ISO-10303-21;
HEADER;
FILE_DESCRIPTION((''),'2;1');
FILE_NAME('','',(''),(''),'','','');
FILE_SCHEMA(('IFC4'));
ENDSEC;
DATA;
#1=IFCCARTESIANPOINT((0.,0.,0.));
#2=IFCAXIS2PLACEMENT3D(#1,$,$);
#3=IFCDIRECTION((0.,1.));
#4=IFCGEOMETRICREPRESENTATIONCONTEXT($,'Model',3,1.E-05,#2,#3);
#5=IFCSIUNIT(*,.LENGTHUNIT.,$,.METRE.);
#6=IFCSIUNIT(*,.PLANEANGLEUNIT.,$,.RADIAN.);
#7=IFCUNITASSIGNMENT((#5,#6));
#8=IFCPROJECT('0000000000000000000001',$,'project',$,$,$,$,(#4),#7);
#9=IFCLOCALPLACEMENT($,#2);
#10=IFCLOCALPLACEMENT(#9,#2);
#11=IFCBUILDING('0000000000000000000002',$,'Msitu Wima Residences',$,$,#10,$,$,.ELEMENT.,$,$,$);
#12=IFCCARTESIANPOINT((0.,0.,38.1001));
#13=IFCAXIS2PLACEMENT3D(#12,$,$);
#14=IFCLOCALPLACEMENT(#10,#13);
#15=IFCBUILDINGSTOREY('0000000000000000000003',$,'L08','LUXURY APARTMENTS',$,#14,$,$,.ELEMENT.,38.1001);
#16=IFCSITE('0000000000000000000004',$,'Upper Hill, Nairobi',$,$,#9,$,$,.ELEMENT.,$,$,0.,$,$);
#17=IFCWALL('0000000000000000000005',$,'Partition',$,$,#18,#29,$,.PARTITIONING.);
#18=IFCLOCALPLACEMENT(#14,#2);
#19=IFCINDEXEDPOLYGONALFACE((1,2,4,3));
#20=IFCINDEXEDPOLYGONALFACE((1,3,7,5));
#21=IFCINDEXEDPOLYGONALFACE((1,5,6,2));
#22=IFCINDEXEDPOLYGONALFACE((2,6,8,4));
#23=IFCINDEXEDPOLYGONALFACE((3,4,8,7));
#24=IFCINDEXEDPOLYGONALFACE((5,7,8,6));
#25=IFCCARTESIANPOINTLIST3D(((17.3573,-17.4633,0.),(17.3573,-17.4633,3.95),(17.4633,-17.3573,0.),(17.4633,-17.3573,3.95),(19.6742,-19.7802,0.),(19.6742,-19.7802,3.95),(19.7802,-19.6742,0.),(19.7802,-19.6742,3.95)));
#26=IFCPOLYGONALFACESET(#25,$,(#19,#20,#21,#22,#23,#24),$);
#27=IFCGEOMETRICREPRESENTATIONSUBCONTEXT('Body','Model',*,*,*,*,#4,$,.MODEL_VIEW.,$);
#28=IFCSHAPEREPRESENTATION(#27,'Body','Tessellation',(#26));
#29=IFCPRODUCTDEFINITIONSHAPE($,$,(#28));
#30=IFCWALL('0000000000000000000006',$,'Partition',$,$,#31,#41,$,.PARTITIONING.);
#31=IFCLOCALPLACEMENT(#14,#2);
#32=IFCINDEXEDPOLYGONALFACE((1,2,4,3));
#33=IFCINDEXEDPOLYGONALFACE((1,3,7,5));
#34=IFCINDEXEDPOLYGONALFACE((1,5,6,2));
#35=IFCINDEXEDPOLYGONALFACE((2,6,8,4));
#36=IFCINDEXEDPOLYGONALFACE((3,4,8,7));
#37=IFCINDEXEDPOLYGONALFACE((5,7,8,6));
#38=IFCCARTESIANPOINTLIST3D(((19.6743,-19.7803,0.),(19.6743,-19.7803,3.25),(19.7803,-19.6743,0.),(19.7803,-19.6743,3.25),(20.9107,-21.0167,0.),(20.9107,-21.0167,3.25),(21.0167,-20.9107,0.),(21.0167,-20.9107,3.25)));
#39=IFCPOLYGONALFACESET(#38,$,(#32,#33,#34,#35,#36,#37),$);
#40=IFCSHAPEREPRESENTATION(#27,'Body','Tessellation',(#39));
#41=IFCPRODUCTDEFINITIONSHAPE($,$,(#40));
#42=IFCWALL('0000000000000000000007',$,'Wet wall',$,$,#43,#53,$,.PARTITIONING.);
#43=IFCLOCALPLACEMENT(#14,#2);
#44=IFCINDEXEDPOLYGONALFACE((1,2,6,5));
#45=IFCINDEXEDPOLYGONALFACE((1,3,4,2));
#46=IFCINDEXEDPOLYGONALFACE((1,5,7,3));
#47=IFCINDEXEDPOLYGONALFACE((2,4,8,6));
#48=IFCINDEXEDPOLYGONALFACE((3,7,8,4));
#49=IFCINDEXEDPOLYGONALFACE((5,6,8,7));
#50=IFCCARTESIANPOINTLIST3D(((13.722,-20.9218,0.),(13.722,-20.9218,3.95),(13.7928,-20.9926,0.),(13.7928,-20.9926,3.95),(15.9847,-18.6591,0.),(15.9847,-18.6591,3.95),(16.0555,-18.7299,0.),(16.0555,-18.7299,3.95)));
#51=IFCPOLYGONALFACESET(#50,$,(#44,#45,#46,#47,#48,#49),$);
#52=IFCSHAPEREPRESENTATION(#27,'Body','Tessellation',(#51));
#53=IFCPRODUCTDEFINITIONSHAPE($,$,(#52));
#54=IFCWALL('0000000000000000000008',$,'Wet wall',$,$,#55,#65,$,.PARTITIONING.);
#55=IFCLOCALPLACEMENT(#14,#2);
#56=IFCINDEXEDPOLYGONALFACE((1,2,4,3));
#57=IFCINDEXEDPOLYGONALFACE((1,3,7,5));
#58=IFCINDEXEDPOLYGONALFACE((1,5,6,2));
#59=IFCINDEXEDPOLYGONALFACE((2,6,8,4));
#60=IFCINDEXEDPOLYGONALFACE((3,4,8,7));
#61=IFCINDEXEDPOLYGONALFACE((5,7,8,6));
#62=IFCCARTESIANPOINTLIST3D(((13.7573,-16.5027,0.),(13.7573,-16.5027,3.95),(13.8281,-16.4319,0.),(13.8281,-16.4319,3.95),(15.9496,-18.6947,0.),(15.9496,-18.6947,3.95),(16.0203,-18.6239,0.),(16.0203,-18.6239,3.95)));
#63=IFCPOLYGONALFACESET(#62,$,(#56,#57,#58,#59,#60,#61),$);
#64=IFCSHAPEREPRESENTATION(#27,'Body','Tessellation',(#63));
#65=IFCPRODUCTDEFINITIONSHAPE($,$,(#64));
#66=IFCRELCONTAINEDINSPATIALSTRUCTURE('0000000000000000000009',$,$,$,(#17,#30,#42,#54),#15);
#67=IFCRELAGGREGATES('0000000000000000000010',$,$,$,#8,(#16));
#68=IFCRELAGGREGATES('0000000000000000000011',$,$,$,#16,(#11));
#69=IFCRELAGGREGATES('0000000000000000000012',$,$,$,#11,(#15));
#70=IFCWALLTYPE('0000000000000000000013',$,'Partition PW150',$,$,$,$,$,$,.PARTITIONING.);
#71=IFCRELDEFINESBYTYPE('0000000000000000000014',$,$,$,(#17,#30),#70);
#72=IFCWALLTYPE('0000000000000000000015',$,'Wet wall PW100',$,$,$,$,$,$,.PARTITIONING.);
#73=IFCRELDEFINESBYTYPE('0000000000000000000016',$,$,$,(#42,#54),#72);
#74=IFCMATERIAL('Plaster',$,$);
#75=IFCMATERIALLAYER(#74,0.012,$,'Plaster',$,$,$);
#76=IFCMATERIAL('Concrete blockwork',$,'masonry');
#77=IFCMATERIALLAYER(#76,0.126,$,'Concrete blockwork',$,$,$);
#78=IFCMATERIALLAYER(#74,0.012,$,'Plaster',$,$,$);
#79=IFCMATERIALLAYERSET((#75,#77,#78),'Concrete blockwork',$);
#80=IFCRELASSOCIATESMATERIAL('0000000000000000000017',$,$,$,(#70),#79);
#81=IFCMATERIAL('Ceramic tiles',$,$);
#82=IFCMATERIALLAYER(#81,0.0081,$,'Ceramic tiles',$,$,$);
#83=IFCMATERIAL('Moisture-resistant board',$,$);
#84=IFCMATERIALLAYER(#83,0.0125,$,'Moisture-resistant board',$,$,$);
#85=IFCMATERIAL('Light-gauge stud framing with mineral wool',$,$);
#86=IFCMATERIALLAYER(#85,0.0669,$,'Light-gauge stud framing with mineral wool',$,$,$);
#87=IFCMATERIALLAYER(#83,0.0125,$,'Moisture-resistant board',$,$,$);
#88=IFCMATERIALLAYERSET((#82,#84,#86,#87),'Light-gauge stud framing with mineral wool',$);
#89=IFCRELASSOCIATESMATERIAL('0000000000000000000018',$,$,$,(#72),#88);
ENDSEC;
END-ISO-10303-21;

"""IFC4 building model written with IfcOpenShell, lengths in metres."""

from ifc_helpers import new_model, si_unit, direction, frame, frame_2d, origin, place, context, subcontext, project, spatial, rectangle, extrude, material, layer, layer_set, type_object, element, save


model = new_model("IFC4")

# Units and contexts
model_context = context("Model", 3, precision=1e-05, world=origin(), true_north=direction((0.0, 1.0)))
body_context = subcontext(model_context, "Body", "Model", "MODEL_VIEW")
ifc_project = project(units=[si_unit("LENGTHUNIT", "METRE"), si_unit("PLANEANGLEUNIT", "RADIAN")], contexts=[model_context])

# Site, building, storey
site_placement = place(None, origin())
site = spatial("IfcSite", under=ifc_project, at=site_placement, Name="Upper Hill, Nairobi", CompositionType="ELEMENT", RefElevation=0.0)
building_placement = place(site_placement, origin())
building = spatial("IfcBuilding", under=site, at=building_placement, Name="Msitu Wima Residences", CompositionType="ELEMENT")
storey_placement = place(building_placement, frame((0.0, 0.0, 38.1001)))
storey = spatial("IfcBuildingStorey", under=building, at=storey_placement, Name="L08", Description="LUXURY APARTMENTS", CompositionType="ELEMENT", Elevation=38.1001)

# Shared definitions
ifc_material_1 = material(Name="Plaster")
ifc_layer_1 = layer(ifc_material_1, 0.012, Name="Plaster")
ifc_material_2 = material(Name="Concrete blockwork", Category="masonry")
ifc_layer_2 = layer(ifc_material_2, 0.126, Name="Concrete blockwork")
ifc_layer_3 = layer(ifc_material_1, 0.012, Name="Plaster")
ifc_layer_set_1 = layer_set([ifc_layer_1, ifc_layer_2, ifc_layer_3], Name="Concrete blockwork")
wall_type_1 = type_object("IfcWallType", Name="Partition PW150", PredefinedType="PARTITIONING", material=ifc_layer_set_1)

# Walls
wall_1_placement = place(storey_placement, frame((17.4104, -17.4104, 0.0), z_axis=(0.0, 0.0, 1.0), x_axis=(0.707107, -0.707107, 0.0)))
element("IfcWall", 1, at=wall_1_placement, inside=storey, type_object=wall_type_1, Name="Partition", PredefinedType="PARTITIONING", context=body_context, shape_type="SweptSolid", body=[
    extrude(rectangle(XDim=3.2766, YDim=0.1499, at=frame_2d((1.6382, 0.0))), origin(), (0.0, 0.0, 1.0), 3.95),
])
wall_2_placement = place(storey_placement, frame((19.7273, -19.7273, 0.0), z_axis=(0.0, 0.0, 1.0), x_axis=(0.707107, -0.707107, 0.0)))
element("IfcWall", 2, at=wall_2_placement, inside=storey, type_object=wall_type_1, Name="Partition", PredefinedType="PARTITIONING", context=body_context, shape_type="SweptSolid", body=[
    extrude(rectangle(XDim=1.7485, YDim=0.1499, at=frame_2d((0.8743, 0.0))), origin(), (0.0, 0.0, 1.0), 3.25),
])
ifc_material_3 = material(Name="Ceramic tiles")
ifc_layer_4 = layer(ifc_material_3, 0.0081, Name="Ceramic tiles")
ifc_material_4 = material(Name="Moisture-resistant board")
ifc_layer_5 = layer(ifc_material_4, 0.0125, Name="Moisture-resistant board")
ifc_material_5 = material(Name="Light-gauge stud framing with mineral wool")
ifc_layer_6 = layer(ifc_material_5, 0.0669, Name="Light-gauge stud framing with mineral wool")
ifc_layer_7 = layer(ifc_material_4, 0.0125, Name="Moisture-resistant board")
ifc_layer_set_2 = layer_set([ifc_layer_4, ifc_layer_5, ifc_layer_6, ifc_layer_7], Name="Light-gauge stud framing with mineral wool")
wall_type_2 = type_object("IfcWallType", Name="Wet wall PW100", PredefinedType="PARTITIONING", material=ifc_layer_set_2)
wall_3_placement = place(storey_placement, frame((13.7573, -20.9573, 0.0), z_axis=(0.0, 0.0, 1.0), x_axis=(0.707107, 0.707107, 0.0)))
element("IfcWall", 3, at=wall_3_placement, inside=storey, type_object=wall_type_2, Name="Wet wall", PredefinedType="PARTITIONING", context=body_context, shape_type="SweptSolid", body=[
    extrude(rectangle(XDim=3.2, YDim=0.1001, at=frame_2d((1.6001, 0.0))), origin(), (0.0, 0.0, 1.0), 3.95),
])
wall_4_placement = place(storey_placement, frame((13.7927, -16.4673, 0.0), z_axis=(0.0, 0.0, 1.0), x_axis=(0.707146, -0.707067, 0.0)))
element("IfcWall", 4, at=wall_4_placement, inside=storey, type_object=wall_type_2, Name="Wet wall", PredefinedType="PARTITIONING", context=body_context, shape_type="SweptSolid", body=[
    extrude(rectangle(XDim=3.1001, YDim=0.1001, at=frame_2d((1.55, 0.0))), origin(), (0.0, 0.0, 1.0), 3.95),
])

save(model, "model.ifc")
